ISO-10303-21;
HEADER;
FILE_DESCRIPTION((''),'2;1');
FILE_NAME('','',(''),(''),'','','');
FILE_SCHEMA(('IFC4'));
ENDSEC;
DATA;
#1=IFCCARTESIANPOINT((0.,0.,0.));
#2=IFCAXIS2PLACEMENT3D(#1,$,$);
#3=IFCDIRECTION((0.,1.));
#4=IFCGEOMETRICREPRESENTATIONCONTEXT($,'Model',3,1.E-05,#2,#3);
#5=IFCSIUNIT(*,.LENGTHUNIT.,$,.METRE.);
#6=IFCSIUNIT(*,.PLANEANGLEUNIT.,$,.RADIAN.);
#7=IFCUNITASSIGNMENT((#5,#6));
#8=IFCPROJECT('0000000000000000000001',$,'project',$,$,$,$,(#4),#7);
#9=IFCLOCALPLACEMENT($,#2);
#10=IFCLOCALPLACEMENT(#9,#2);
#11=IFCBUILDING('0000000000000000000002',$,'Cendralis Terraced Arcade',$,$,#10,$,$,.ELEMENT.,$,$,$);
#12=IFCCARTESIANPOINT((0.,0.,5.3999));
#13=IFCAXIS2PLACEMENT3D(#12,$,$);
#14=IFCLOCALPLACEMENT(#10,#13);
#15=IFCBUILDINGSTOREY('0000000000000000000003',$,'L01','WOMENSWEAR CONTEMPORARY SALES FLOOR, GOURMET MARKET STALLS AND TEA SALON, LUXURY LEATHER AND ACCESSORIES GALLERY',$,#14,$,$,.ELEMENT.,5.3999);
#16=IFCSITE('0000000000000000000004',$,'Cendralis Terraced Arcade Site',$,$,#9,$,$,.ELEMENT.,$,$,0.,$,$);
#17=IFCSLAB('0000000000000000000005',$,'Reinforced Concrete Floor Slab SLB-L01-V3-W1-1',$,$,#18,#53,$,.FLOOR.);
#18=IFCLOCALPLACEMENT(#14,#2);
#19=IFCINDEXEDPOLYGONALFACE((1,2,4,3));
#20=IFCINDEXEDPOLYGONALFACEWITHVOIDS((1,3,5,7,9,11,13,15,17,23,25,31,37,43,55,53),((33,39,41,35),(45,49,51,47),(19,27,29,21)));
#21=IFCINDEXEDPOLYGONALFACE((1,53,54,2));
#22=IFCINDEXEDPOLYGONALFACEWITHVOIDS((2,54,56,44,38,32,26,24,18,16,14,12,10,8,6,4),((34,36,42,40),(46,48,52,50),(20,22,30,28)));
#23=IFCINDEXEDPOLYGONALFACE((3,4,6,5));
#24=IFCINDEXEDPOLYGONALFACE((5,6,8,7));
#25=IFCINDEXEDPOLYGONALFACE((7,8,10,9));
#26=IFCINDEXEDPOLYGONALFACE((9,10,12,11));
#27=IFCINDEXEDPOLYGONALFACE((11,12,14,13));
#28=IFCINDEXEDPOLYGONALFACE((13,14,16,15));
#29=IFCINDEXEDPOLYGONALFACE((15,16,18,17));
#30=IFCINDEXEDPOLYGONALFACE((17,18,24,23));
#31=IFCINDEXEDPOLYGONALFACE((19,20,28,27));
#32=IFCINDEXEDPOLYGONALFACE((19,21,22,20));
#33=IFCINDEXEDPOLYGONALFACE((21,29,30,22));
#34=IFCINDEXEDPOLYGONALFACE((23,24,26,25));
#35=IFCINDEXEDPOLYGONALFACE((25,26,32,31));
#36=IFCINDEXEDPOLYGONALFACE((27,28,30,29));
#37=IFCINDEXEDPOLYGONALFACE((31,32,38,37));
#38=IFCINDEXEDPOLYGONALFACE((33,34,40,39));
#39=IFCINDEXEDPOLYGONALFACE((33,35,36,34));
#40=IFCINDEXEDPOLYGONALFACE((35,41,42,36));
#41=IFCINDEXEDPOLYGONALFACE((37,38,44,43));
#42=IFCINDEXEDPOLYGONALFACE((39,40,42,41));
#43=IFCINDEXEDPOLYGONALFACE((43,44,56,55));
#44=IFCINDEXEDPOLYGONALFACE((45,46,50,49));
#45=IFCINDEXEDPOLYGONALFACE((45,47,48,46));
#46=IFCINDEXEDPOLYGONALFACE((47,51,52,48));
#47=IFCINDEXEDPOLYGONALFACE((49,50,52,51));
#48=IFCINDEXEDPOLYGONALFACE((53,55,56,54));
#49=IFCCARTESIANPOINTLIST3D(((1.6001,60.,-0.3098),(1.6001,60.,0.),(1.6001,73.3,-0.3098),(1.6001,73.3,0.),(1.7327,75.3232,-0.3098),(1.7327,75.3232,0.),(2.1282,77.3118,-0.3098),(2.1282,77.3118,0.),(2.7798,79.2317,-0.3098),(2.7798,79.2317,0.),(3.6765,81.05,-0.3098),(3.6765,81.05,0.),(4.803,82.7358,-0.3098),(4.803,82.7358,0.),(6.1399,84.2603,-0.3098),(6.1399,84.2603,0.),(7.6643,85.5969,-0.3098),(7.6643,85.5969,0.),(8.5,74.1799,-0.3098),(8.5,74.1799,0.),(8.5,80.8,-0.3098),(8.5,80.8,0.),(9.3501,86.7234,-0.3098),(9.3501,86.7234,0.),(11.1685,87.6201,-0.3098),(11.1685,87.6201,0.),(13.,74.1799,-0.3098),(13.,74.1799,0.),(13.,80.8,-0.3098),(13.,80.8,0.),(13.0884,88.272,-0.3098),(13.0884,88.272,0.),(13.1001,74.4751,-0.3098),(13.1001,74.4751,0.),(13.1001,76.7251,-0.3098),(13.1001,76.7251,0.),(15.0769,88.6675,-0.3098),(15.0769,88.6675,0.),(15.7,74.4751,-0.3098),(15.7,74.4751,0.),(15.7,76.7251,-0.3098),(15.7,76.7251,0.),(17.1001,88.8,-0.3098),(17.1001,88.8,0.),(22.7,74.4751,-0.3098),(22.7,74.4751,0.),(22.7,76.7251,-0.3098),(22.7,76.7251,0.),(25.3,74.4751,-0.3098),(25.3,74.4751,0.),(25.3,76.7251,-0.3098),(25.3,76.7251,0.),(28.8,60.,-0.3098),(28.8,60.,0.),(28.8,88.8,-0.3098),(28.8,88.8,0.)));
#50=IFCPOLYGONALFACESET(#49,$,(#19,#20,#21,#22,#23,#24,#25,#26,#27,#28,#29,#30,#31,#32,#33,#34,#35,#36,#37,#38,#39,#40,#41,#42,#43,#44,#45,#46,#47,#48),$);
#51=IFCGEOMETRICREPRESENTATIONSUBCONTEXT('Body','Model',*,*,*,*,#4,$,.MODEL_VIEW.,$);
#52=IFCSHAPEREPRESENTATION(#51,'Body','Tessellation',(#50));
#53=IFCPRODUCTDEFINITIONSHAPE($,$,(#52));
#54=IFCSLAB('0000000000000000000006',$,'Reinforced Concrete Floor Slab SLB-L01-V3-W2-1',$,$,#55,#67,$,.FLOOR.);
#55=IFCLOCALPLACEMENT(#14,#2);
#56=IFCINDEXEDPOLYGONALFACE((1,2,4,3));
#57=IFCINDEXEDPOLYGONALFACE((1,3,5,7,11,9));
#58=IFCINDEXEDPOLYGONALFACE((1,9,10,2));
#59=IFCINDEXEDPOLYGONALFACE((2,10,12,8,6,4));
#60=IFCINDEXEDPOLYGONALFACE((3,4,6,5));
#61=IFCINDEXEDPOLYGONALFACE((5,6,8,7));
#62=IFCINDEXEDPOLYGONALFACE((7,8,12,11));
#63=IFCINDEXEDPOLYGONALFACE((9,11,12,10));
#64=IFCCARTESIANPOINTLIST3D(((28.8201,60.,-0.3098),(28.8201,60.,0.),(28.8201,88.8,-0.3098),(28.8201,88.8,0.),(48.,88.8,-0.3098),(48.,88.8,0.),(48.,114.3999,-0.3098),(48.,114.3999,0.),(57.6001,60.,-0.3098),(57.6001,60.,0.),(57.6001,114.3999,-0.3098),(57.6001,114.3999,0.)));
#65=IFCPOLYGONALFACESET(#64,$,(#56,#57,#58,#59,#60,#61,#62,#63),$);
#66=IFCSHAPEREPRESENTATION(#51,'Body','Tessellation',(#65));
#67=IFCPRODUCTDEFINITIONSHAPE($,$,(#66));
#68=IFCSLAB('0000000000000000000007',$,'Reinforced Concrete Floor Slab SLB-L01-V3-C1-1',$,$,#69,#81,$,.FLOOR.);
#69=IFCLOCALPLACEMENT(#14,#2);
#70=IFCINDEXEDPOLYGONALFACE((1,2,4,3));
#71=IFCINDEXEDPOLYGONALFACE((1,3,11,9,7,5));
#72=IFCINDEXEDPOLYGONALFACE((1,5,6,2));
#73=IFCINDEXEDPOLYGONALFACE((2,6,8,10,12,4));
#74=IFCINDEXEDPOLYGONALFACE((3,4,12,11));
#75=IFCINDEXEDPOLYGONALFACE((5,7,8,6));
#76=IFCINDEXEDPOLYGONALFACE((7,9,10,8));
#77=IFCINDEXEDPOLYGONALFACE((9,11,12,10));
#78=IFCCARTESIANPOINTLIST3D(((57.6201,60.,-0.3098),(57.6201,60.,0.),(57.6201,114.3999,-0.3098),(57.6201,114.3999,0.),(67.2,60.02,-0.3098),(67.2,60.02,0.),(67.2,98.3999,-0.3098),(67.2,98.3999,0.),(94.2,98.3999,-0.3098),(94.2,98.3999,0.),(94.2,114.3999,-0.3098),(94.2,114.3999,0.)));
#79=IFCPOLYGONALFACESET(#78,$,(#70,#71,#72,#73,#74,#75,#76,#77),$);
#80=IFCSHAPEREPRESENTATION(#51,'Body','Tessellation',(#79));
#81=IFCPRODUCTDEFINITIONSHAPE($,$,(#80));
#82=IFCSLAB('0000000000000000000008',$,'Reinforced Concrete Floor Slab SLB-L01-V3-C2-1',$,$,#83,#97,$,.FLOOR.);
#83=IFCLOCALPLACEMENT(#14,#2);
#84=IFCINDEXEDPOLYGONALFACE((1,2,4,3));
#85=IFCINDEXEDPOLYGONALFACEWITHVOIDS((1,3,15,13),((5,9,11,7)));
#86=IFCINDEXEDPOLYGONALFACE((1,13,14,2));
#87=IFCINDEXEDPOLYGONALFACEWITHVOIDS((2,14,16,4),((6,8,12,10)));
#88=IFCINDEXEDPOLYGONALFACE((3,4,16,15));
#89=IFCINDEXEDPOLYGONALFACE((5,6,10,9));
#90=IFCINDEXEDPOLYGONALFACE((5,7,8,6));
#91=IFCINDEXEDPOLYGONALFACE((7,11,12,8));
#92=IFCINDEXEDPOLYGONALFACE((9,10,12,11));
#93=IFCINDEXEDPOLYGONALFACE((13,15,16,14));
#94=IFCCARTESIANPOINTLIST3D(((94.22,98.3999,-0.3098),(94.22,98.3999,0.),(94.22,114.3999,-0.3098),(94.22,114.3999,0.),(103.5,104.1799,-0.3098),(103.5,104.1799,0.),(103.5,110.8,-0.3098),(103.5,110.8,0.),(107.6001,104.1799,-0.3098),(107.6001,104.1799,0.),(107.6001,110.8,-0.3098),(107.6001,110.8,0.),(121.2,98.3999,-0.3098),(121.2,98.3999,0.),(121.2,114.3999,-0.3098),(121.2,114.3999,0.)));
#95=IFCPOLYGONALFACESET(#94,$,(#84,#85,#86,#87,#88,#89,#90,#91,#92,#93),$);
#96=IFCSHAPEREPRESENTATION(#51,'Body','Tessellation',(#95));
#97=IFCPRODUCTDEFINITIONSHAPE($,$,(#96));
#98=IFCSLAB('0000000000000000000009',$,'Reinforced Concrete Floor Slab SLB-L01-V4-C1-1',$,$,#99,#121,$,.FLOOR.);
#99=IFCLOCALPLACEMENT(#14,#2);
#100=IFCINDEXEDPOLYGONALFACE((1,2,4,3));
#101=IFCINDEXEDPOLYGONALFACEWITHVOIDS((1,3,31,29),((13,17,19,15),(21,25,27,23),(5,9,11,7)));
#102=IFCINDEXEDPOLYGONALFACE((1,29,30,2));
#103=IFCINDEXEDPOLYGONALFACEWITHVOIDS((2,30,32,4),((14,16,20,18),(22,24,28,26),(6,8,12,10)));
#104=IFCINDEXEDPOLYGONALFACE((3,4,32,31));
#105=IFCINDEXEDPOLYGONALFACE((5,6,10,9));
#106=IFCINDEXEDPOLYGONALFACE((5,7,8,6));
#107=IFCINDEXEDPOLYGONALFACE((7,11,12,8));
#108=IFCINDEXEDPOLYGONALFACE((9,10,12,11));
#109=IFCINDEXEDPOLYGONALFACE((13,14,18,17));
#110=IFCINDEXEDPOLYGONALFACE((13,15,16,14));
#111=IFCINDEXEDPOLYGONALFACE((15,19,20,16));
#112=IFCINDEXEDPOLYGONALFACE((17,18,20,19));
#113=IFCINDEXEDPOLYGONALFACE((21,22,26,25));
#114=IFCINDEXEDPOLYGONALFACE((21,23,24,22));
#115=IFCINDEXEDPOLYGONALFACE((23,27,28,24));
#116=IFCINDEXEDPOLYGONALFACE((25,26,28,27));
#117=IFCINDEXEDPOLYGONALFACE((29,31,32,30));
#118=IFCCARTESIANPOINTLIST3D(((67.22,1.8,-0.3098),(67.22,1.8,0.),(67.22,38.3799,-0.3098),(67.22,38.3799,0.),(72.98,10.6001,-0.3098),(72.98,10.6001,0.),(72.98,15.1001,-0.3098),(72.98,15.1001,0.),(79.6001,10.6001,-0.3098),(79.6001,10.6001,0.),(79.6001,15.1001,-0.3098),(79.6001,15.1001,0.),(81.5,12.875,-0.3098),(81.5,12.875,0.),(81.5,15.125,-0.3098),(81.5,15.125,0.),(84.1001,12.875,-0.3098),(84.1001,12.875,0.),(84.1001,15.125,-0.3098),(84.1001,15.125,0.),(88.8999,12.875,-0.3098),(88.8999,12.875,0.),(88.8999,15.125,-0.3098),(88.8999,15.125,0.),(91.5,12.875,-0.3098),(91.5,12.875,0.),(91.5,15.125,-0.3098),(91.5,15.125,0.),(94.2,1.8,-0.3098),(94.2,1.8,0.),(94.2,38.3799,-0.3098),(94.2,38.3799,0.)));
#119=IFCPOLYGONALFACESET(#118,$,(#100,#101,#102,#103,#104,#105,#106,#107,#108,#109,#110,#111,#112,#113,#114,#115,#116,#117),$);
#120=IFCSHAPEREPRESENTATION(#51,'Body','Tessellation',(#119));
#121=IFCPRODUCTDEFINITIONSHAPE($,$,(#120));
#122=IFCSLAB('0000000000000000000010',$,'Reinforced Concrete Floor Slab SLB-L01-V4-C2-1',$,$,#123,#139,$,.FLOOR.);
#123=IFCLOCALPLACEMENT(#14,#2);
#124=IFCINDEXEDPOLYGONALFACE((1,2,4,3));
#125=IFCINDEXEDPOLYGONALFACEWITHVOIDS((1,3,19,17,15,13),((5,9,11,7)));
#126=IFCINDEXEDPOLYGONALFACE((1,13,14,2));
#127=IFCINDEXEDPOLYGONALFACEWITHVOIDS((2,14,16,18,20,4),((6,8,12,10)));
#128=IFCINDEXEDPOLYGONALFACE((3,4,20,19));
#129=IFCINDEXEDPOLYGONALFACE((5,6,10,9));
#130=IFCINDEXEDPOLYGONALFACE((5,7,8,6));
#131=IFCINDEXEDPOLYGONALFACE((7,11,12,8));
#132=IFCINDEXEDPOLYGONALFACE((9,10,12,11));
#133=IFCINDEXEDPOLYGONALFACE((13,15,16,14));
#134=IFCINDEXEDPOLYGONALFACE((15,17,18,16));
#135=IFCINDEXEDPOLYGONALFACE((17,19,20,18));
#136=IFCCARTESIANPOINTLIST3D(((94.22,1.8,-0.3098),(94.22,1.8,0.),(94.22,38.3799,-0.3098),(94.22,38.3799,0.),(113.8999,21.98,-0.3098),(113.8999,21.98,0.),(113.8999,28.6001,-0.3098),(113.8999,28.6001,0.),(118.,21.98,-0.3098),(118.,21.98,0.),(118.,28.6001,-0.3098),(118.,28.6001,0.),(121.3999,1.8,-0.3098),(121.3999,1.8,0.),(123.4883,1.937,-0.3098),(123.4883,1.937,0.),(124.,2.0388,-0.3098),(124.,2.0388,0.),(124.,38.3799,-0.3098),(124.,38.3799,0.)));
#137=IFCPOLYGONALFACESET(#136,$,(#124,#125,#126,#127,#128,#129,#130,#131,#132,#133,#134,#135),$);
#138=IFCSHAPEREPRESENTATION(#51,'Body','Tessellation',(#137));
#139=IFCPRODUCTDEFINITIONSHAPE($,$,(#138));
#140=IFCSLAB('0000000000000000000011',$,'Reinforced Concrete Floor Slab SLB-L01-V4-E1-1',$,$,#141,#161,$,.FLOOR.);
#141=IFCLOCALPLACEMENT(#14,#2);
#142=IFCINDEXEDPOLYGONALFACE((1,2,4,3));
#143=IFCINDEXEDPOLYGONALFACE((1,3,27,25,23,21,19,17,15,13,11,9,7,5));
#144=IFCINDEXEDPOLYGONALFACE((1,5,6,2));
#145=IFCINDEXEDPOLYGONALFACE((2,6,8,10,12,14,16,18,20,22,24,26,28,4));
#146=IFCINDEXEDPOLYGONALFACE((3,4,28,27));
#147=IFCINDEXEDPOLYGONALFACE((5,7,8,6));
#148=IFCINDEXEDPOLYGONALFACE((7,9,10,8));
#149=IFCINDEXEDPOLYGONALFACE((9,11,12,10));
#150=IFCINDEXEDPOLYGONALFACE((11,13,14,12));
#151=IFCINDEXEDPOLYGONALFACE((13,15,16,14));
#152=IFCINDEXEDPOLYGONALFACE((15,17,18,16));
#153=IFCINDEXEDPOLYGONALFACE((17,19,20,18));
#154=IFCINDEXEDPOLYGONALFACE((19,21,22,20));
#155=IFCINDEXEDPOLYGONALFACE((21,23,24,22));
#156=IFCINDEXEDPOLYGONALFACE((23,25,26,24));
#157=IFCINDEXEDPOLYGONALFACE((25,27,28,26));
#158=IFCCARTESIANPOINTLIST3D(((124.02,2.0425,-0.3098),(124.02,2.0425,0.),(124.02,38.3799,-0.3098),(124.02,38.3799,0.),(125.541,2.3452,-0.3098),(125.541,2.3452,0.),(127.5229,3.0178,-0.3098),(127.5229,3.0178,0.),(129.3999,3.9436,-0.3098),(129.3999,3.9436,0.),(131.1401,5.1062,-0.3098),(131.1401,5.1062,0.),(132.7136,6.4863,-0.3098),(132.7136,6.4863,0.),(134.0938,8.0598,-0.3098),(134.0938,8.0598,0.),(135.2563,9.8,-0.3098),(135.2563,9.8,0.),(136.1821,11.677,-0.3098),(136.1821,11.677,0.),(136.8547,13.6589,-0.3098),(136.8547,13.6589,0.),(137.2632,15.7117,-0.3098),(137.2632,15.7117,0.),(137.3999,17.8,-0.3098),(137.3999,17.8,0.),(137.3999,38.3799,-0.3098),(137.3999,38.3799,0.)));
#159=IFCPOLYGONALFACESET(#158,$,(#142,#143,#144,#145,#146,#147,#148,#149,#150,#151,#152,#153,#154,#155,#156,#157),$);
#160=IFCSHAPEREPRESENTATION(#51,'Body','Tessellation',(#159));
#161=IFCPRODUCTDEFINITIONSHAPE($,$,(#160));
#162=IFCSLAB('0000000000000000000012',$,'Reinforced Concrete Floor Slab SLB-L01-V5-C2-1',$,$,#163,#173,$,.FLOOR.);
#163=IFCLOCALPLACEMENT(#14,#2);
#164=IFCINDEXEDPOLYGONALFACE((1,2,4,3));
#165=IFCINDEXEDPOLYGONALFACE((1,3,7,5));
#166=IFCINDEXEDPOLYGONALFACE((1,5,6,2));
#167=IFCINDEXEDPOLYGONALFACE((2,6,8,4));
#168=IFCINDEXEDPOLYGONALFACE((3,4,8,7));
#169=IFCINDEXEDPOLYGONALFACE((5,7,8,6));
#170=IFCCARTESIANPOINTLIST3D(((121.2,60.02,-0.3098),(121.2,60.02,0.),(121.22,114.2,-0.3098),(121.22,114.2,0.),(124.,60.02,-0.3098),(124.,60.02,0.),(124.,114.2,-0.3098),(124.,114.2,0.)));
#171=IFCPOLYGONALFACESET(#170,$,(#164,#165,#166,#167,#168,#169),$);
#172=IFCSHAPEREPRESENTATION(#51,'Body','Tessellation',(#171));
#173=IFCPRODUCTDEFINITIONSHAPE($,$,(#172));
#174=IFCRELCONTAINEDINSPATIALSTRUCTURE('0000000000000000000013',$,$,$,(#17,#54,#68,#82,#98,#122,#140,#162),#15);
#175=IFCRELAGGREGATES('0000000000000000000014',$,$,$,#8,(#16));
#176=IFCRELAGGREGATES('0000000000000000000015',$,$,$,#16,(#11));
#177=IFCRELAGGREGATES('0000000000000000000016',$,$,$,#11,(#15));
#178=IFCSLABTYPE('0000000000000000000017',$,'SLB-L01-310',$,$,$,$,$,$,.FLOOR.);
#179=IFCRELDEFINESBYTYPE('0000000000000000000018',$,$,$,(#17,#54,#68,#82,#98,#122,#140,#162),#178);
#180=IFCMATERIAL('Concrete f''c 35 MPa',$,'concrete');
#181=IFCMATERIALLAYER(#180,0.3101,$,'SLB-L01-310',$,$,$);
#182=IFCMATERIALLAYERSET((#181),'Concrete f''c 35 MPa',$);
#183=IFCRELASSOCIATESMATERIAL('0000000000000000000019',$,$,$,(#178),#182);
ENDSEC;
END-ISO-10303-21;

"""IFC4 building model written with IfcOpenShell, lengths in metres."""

from ifc_helpers import new_model, si_unit, direction, frame, origin, place, context, subcontext, project, spatial, polyline, outline, extrude, material, layer, layer_set, type_object, element, save


model = new_model("IFC4")

# Units and contexts
model_context = context("Model", 3, precision=1e-05, world=origin(), true_north=direction((0.0, 1.0)))
body_context = subcontext(model_context, "Body", "Model", "MODEL_VIEW")
ifc_project = project(units=[si_unit("LENGTHUNIT", "METRE"), si_unit("PLANEANGLEUNIT", "RADIAN")], contexts=[model_context])

# Site, building, storey
site_placement = place(None, origin())
site = spatial("IfcSite", under=ifc_project, at=site_placement, Name="Cendralis Terraced Arcade Site", CompositionType="ELEMENT", RefElevation=0.0)
building_placement = place(site_placement, origin())
building = spatial("IfcBuilding", under=site, at=building_placement, Name="Cendralis Terraced Arcade", CompositionType="ELEMENT")
storey_placement = place(building_placement, frame((0.0, 0.0, 5.3999)))
storey = spatial("IfcBuildingStorey", under=building, at=storey_placement, Name="L01", Description="WOMENSWEAR CONTEMPORARY SALES FLOOR, GOURMET MARKET STALLS AND TEA SALON, LUXURY LEATHER AND ACCESSORIES GALLERY", CompositionType="ELEMENT", Elevation=5.3999)

# Slabs
ifc_material_1 = material(Name="Concrete f'c 35 MPa", Category="concrete")
ifc_layer_1 = layer(ifc_material_1, 0.3101, Name="SLB-L01-310")
ifc_layer_set_1 = layer_set([ifc_layer_1], Name="Concrete f'c 35 MPa")
slab_type_1 = type_object("IfcSlabType", Name="SLB-L01-310", PredefinedType="FLOOR", material=ifc_layer_set_1)
slab_1_placement = place(storey_placement, frame((0.0, 0.0, -0.3098)))
element("IfcSlab", 1, at=slab_1_placement, inside=storey, type_object=slab_type_1, Name="Reinforced Concrete Floor Slab SLB-L01-V3-W1-1", PredefinedType="FLOOR", context=body_context, shape_type="SweptSolid", body=[
    extrude(outline(polyline([(2.1282, 77.3118), (2.7798, 79.2317), (3.6765, 81.05), (4.803, 82.7358), (6.1399, 84.2603), (7.6643, 85.5969), (9.3501, 86.7234), (11.1685, 87.6201), (13.0884, 88.272), (15.0769, 88.6675), (17.1001, 88.8), (28.8, 88.8), (28.8, 60.0), (1.6001, 60.0), (1.6001, 73.3), (1.7327, 75.3232), (2.1282, 77.3118)]), holes=[polyline([(15.7, 76.7251), (13.1001, 76.7251), (13.1001, 74.4751), (15.7, 74.4751), (15.7, 76.7251)]), polyline([(25.3, 76.7251), (22.7, 76.7251), (22.7, 74.4751), (25.3, 74.4751), (25.3, 76.7251)]), polyline([(8.5, 80.8), (8.5, 74.1799), (13.0, 74.1799), (13.0, 80.8), (8.5, 80.8)])]), origin(), (0.0, 0.0, 1.0), 0.3098),
])
slab_2_placement = place(storey_placement, frame((0.0, 0.0, -0.3098)))
element("IfcSlab", 2, at=slab_2_placement, inside=storey, type_object=slab_type_1, Name="Reinforced Concrete Floor Slab SLB-L01-V3-W2-1", PredefinedType="FLOOR", context=body_context, shape_type="SweptSolid", body=[
    extrude(outline(polyline([(57.6001, 114.3999), (57.6001, 60.0), (28.8201, 60.0), (28.8201, 88.8), (48.0, 88.8), (48.0, 114.3999), (57.6001, 114.3999)])), origin(), (0.0, 0.0, 1.0), 0.3098),
])
slab_3_placement = place(storey_placement, frame((0.0, 0.0, -0.3098)))
element("IfcSlab", 3, at=slab_3_placement, inside=storey, type_object=slab_type_1, Name="Reinforced Concrete Floor Slab SLB-L01-V3-C1-1", PredefinedType="FLOOR", context=body_context, shape_type="SweptSolid", body=[
    extrude(outline(polyline([(67.2, 98.3999), (67.2, 60.02), (57.6201, 60.0), (57.6201, 114.3999), (94.2, 114.3999), (94.2, 98.3999), (67.2, 98.3999)])), origin(), (0.0, 0.0, 1.0), 0.3098),
])
slab_4_placement = place(storey_placement, frame((0.0, 0.0, -0.3098)))
element("IfcSlab", 4, at=slab_4_placement, inside=storey, type_object=slab_type_1, Name="Reinforced Concrete Floor Slab SLB-L01-V3-C2-1", PredefinedType="FLOOR", context=body_context, shape_type="SweptSolid", body=[
    extrude(outline(polyline([(94.22, 98.3999), (94.22, 114.3999), (121.2, 114.3999), (121.2, 98.3999), (94.22, 98.3999)]), holes=[polyline([(107.6001, 110.8), (103.5, 110.8), (103.5, 104.1799), (107.6001, 104.1799), (107.6001, 110.8)])]), origin(), (0.0, 0.0, 1.0), 0.3098),
])
slab_5_placement = place(storey_placement, frame((0.0, 0.0, -0.3098)))
element("IfcSlab", 5, at=slab_5_placement, inside=storey, type_object=slab_type_1, Name="Reinforced Concrete Floor Slab SLB-L01-V4-C1-1", PredefinedType="FLOOR", context=body_context, shape_type="SweptSolid", body=[
    extrude(outline(polyline([(94.2, 1.8), (67.22, 1.8), (67.22, 38.3799), (94.2, 38.3799), (94.2, 1.8)]), holes=[polyline([(79.6001, 15.1001), (72.98, 15.1001), (72.98, 10.6001), (79.6001, 10.6001), (79.6001, 15.1001)]), polyline([(84.1001, 15.125), (81.5, 15.125), (81.5, 12.875), (84.1001, 12.875), (84.1001, 15.125)]), polyline([(91.5, 15.125), (88.8999, 15.125), (88.8999, 12.875), (91.5, 12.875), (91.5, 15.125)])]), origin(), (0.0, 0.0, 1.0), 0.3098),
])
slab_6_placement = place(storey_placement, frame((0.0, 0.0, -0.3098)))
element("IfcSlab", 6, at=slab_6_placement, inside=storey, type_object=slab_type_1, Name="Reinforced Concrete Floor Slab SLB-L01-V4-C2-1", PredefinedType="FLOOR", context=body_context, shape_type="SweptSolid", body=[
    extrude(outline(polyline([(123.4883, 1.937), (121.3999, 1.8), (94.22, 1.8), (94.22, 38.3799), (124.0, 38.3799), (124.0, 2.0388), (123.4883, 1.937)]), holes=[polyline([(118.0, 28.6001), (113.8999, 28.6001), (113.8999, 21.98), (118.0, 21.98), (118.0, 28.6001)])]), origin(), (0.0, 0.0, 1.0), 0.3098),
])
slab_7_placement = place(storey_placement, frame((0.0, 0.0, -0.3098)))
element("IfcSlab", 7, at=slab_7_placement, inside=storey, type_object=slab_type_1, Name="Reinforced Concrete Floor Slab SLB-L01-V4-E1-1", PredefinedType="FLOOR", context=body_context, shape_type="SweptSolid", body=[
    extrude(outline(polyline([(137.2632, 15.7117), (136.8547, 13.6589), (136.1821, 11.677), (135.2563, 9.8), (134.0938, 8.0598), (132.7136, 6.4863), (131.1401, 5.1062), (129.3999, 3.9436), (127.5229, 3.0178), (125.541, 2.3452), (124.02, 2.0425), (124.02, 38.3799), (137.3999, 38.3799), (137.3999, 17.8), (137.2632, 15.7117)])), origin(), (0.0, 0.0, 1.0), 0.3098),
])
slab_8_placement = place(storey_placement, frame((0.0, 0.0, -0.3098)))
element("IfcSlab", 8, at=slab_8_placement, inside=storey, type_object=slab_type_1, Name="Reinforced Concrete Floor Slab SLB-L01-V5-C2-1", PredefinedType="FLOOR", context=body_context, shape_type="SweptSolid", body=[
    extrude(outline(polyline([(124.0, 60.02), (121.2, 60.02), (121.22, 114.2), (124.0, 114.2), (124.0, 60.02)])), origin(), (0.0, 0.0, 1.0), 0.3098),
])

save(model, "model.ifc")
